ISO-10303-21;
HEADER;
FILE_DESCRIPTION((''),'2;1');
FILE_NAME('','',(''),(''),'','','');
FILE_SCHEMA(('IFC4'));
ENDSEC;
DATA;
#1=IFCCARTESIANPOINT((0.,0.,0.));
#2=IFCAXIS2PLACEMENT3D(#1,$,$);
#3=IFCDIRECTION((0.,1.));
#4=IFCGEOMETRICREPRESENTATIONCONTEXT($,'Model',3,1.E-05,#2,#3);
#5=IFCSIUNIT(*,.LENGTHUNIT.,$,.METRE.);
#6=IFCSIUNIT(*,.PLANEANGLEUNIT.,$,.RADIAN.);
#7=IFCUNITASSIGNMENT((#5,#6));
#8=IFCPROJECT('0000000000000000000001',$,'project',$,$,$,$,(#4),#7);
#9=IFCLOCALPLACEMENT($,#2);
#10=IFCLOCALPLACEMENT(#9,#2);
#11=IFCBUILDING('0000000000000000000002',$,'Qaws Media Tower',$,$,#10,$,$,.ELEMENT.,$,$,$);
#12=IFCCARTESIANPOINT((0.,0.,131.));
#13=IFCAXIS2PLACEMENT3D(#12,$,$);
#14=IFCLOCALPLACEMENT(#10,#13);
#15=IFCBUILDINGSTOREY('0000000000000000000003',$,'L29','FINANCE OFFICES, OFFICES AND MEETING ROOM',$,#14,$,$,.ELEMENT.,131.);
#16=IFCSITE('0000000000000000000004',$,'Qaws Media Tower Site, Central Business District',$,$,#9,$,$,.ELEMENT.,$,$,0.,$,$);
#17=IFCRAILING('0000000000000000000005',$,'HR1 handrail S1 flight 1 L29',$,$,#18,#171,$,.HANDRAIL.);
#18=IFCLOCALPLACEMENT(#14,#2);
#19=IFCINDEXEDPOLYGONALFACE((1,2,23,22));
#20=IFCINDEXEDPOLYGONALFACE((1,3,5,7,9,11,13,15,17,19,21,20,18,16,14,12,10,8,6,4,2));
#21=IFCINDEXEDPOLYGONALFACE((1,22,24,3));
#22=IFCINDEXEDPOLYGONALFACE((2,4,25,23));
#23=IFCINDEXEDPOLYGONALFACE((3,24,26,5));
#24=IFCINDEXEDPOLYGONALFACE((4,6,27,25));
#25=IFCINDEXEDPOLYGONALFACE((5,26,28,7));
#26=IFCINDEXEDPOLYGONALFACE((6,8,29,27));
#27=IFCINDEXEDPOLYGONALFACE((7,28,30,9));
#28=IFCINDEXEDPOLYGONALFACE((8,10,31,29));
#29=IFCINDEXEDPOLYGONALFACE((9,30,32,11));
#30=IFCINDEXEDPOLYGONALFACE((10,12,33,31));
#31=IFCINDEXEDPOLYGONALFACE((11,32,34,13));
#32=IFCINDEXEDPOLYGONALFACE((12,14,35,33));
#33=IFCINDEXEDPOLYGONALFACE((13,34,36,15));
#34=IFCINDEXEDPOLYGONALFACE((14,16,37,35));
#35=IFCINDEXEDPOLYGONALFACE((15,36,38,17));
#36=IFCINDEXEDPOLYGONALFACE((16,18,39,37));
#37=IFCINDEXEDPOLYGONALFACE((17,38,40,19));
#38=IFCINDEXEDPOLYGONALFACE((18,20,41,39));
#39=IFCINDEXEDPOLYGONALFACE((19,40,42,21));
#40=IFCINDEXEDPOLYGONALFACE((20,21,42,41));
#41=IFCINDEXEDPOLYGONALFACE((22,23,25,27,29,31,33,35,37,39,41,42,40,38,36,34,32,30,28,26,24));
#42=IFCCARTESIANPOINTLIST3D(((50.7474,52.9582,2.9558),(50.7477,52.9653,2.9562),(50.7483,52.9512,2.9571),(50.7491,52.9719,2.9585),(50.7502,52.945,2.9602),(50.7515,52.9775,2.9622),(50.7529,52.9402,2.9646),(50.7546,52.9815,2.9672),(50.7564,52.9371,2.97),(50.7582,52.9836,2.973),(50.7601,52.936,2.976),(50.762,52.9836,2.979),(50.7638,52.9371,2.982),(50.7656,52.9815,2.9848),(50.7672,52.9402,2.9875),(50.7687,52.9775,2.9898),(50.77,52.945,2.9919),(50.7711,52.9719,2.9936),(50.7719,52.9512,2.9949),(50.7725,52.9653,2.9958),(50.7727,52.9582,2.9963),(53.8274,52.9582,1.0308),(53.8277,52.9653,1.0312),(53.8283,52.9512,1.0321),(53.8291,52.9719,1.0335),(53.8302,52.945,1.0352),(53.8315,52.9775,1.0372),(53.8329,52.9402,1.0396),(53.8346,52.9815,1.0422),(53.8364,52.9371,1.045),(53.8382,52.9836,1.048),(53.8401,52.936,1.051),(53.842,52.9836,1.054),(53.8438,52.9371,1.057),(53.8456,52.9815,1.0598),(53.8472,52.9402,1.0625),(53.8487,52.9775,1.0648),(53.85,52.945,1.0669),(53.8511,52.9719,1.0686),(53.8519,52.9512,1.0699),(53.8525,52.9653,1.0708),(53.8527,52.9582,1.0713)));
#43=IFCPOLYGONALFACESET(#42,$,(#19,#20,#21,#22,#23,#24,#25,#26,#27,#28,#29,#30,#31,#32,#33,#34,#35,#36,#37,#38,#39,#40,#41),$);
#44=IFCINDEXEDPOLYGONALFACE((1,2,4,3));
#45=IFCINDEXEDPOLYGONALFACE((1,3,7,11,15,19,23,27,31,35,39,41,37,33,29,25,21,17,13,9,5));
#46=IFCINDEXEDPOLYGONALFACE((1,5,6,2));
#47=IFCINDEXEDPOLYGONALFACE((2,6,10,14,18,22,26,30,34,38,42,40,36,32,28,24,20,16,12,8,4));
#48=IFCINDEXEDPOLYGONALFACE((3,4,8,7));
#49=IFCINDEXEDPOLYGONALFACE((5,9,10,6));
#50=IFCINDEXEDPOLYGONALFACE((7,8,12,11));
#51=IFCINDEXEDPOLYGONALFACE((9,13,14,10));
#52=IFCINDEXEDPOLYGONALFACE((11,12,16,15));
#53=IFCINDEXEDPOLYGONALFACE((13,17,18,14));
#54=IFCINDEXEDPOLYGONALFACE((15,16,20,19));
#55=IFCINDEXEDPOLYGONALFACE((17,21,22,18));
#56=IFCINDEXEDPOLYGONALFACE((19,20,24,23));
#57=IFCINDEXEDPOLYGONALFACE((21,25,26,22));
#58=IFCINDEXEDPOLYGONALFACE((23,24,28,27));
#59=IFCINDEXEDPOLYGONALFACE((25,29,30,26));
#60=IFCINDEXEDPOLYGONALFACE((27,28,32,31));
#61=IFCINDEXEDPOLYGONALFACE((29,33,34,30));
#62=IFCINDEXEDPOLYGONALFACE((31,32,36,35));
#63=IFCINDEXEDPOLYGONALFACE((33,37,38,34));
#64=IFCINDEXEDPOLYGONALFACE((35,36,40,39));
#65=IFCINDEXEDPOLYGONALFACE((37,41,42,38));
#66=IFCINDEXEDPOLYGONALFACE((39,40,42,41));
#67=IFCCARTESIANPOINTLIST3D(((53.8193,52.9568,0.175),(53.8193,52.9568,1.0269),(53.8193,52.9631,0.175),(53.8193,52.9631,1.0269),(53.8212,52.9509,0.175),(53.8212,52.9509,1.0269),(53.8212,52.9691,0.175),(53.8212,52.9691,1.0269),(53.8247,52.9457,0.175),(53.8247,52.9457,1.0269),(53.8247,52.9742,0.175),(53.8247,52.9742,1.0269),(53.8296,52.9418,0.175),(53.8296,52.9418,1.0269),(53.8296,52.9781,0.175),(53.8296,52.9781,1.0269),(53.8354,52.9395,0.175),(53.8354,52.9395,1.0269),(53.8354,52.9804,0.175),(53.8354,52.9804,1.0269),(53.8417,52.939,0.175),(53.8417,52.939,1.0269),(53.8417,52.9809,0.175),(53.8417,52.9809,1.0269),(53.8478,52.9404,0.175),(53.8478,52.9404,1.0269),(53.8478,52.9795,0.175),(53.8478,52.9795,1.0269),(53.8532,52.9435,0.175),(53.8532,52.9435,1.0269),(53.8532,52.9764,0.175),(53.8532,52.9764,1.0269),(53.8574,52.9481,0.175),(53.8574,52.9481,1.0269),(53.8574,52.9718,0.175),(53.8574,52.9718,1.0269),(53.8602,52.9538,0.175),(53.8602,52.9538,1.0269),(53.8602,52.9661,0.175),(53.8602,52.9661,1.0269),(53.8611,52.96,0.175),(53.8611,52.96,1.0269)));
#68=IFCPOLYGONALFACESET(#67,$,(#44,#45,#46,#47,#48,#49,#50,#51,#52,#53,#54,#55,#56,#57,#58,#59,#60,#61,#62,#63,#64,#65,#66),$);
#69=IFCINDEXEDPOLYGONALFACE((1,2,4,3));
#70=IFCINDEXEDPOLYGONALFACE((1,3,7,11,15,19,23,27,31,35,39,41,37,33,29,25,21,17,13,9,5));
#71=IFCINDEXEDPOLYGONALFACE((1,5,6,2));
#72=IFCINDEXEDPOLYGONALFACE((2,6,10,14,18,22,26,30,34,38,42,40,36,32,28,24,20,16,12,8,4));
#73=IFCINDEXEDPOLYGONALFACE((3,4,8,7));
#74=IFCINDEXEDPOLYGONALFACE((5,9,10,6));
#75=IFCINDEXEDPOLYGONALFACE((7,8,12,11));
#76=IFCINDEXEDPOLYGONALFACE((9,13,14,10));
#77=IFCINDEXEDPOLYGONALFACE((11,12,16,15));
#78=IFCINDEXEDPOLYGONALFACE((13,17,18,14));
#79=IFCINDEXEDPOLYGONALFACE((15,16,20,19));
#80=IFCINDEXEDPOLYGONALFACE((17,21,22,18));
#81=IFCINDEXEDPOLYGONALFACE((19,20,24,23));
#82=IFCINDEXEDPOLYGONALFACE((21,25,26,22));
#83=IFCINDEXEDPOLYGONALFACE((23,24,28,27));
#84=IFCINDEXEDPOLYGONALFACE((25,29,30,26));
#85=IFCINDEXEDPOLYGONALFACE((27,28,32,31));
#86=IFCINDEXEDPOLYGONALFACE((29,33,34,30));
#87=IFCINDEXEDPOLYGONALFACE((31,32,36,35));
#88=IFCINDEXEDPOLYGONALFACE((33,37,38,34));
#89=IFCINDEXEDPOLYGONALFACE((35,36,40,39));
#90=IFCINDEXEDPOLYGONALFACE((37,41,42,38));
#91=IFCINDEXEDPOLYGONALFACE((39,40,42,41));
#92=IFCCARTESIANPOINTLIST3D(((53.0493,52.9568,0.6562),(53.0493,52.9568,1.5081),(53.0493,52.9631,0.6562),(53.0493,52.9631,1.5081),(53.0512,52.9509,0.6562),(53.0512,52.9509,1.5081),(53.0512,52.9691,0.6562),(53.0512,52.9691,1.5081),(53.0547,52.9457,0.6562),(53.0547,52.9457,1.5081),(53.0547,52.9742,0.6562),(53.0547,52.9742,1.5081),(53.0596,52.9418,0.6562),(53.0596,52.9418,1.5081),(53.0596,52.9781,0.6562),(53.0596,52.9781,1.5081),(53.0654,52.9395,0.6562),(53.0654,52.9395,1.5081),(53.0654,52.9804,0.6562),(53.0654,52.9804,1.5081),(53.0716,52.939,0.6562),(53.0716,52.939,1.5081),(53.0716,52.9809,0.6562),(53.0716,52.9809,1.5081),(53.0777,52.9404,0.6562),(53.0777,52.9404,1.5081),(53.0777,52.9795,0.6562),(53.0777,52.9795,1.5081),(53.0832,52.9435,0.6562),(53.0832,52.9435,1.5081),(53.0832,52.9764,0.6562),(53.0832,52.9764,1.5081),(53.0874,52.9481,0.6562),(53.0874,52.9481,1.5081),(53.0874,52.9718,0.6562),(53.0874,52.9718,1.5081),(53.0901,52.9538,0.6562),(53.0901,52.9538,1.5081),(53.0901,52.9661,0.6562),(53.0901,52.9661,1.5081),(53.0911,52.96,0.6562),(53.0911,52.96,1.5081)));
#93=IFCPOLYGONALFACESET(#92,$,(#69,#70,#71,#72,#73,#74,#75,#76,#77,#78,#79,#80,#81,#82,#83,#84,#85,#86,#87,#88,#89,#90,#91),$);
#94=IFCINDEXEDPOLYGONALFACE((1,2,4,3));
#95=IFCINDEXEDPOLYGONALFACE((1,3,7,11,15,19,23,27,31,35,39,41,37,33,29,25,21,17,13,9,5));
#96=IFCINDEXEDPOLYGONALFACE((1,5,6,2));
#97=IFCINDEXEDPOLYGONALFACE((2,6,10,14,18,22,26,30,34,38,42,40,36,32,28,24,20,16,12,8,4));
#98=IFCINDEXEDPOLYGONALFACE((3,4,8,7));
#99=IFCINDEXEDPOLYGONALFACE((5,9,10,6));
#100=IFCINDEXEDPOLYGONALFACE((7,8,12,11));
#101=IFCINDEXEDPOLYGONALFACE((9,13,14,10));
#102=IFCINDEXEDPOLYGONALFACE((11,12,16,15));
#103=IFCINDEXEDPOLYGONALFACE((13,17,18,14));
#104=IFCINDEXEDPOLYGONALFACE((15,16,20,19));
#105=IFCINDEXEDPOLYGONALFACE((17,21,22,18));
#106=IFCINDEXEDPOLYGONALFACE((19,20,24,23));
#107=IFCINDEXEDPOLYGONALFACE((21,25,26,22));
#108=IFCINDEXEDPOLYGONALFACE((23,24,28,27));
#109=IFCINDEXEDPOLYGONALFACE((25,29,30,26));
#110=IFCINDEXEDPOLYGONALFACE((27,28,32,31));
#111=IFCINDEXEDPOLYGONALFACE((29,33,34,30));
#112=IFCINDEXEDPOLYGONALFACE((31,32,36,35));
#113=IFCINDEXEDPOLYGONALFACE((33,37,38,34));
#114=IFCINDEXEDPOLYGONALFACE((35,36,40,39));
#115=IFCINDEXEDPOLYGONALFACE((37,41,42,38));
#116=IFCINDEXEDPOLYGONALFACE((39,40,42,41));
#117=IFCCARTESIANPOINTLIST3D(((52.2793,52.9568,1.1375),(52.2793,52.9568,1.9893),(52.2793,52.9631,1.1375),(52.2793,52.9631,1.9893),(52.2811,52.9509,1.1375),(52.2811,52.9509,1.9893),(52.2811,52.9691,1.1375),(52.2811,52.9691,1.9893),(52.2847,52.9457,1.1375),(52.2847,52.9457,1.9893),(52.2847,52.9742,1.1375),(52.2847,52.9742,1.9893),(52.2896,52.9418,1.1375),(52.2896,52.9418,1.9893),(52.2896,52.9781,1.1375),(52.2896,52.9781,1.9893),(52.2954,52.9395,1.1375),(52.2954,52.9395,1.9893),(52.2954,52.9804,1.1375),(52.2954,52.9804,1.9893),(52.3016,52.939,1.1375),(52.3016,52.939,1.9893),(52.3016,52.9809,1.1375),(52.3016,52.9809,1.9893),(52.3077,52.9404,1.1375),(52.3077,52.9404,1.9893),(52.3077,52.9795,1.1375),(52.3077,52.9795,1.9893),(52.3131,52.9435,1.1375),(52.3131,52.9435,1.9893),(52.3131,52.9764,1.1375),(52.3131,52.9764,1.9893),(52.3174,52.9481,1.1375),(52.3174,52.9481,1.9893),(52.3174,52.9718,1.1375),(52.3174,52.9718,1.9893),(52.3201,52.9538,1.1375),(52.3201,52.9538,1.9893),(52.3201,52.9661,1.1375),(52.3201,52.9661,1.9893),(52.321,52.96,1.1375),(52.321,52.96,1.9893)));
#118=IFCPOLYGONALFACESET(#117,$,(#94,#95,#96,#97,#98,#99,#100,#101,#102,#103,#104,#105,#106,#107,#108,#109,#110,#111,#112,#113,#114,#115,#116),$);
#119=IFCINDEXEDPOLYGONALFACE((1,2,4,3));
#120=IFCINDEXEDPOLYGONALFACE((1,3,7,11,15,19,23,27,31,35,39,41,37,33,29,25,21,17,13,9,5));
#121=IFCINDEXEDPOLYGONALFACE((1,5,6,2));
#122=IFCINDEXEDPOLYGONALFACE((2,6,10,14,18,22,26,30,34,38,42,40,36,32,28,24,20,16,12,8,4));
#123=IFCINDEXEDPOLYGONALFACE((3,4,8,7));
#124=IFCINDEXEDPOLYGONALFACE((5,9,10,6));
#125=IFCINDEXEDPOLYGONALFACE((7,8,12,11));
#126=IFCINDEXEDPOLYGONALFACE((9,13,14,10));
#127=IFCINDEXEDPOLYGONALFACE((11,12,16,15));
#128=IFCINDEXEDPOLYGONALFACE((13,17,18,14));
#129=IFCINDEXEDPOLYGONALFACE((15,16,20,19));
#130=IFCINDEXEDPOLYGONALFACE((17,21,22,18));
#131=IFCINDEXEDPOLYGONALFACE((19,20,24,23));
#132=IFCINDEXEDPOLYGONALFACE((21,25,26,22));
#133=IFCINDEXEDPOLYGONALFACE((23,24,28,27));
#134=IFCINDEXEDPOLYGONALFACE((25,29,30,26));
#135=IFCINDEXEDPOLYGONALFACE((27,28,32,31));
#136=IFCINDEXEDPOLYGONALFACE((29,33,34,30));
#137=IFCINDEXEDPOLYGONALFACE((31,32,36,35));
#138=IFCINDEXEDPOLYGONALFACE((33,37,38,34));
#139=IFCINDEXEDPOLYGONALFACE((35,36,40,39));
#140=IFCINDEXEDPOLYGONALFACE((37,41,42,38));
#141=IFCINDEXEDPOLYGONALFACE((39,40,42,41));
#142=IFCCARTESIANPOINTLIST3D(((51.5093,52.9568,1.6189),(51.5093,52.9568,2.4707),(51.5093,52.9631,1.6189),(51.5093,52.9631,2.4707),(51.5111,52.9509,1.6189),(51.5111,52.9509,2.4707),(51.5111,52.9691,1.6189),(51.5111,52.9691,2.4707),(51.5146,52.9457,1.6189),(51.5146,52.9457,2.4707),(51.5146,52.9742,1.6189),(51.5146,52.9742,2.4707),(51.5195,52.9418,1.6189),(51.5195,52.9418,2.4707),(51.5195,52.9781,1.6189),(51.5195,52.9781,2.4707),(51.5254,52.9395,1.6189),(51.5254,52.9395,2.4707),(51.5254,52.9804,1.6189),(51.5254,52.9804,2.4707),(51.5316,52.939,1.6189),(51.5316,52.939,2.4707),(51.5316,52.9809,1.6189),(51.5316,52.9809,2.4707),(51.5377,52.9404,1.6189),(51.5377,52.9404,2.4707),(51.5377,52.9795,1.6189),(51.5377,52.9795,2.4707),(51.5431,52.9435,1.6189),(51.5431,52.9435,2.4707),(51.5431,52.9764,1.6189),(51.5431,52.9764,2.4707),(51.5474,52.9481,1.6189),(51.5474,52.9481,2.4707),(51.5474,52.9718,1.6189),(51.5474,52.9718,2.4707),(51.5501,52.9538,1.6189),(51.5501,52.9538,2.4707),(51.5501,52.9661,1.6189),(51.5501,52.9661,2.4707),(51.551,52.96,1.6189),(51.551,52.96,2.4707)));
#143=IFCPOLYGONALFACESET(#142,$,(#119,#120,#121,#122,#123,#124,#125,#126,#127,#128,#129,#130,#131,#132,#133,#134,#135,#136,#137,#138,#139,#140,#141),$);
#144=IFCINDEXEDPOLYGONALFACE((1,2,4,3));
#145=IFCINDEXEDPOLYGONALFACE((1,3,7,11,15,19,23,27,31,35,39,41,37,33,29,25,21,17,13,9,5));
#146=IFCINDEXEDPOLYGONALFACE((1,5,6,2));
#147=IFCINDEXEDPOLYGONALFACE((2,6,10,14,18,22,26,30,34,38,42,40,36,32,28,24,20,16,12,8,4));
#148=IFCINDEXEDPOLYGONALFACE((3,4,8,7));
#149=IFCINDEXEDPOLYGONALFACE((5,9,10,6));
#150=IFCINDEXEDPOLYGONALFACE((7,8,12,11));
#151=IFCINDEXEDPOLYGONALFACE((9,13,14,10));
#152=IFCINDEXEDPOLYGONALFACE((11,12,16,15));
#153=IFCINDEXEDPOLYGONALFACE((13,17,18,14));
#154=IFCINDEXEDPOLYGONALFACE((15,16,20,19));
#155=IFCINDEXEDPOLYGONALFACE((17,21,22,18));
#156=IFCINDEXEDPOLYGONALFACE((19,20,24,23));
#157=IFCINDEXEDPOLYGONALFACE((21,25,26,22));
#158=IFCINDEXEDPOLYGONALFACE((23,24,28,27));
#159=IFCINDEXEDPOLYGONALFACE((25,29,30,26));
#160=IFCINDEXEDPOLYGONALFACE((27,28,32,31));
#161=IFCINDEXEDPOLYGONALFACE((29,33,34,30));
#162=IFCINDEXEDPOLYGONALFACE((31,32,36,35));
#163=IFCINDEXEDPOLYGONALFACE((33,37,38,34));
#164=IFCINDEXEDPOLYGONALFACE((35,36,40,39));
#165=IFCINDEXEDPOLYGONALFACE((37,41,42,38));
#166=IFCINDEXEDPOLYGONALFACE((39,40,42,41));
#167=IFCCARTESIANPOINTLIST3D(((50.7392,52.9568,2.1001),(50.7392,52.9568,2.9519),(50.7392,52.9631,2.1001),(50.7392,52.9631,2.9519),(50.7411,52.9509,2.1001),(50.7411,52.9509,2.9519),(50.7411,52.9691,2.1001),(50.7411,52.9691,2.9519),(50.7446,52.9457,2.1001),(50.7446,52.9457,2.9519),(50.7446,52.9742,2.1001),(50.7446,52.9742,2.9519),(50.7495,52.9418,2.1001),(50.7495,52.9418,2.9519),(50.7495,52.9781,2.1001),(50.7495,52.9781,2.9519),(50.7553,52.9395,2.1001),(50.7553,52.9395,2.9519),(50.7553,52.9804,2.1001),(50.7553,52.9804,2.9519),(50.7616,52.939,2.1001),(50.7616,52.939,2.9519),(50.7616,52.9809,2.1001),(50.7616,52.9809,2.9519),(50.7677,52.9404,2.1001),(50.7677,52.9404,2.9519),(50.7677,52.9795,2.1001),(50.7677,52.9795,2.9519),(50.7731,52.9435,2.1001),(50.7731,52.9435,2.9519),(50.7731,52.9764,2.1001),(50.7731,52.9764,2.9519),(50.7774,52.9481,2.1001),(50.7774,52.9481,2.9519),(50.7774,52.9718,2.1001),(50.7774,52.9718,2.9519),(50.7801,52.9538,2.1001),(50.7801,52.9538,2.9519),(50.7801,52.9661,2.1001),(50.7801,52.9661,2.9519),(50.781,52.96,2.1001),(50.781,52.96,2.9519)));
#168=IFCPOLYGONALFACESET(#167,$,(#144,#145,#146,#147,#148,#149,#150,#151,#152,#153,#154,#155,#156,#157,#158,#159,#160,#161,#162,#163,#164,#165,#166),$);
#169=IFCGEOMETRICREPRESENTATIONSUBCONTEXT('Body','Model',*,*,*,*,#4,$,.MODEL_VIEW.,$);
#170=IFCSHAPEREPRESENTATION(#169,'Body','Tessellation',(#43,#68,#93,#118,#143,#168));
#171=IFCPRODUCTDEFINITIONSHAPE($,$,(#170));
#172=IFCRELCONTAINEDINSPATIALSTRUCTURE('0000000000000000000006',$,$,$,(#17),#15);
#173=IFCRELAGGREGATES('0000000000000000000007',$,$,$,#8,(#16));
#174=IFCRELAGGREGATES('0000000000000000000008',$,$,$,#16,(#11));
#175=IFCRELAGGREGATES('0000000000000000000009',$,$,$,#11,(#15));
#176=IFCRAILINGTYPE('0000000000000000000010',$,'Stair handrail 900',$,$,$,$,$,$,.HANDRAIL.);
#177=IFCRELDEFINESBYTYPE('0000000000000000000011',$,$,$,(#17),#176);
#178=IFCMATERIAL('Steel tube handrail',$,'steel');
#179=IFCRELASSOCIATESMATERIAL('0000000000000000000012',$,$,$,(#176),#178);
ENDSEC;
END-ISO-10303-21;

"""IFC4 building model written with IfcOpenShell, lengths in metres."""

from ifc_helpers import new_model, si_unit, direction, frame, origin, origin_2d, place, context, subcontext, project, spatial, circle, extrude, material, type_object, element, save


model = new_model("IFC4")

# Units and contexts
model_context = context("Model", 3, precision=1e-05, world=origin(), true_north=direction((0.0, 1.0)))
body_context = subcontext(model_context, "Body", "Model", "MODEL_VIEW")
ifc_project = project(units=[si_unit("LENGTHUNIT", "METRE"), si_unit("PLANEANGLEUNIT", "RADIAN")], contexts=[model_context])

# Site, building, storey
site_placement = place(None, origin())
site = spatial("IfcSite", under=ifc_project, at=site_placement, Name="Qaws Media Tower Site, Central Business District", CompositionType="ELEMENT", RefElevation=0.0)
building_placement = place(site_placement, origin())
building = spatial("IfcBuilding", under=site, at=building_placement, Name="Qaws Media Tower", CompositionType="ELEMENT")
storey_placement = place(building_placement, frame((0.0, 0.0, 131.0)))
storey = spatial("IfcBuildingStorey", under=building, at=storey_placement, Name="L29", Description="FINANCE OFFICES, OFFICES AND MEETING ROOM", CompositionType="ELEMENT", Elevation=131.0)

# Railing
ifc_material_1 = material(Name="Steel tube handrail", Category="steel")
railing_type = type_object("IfcRailingType", Name="Stair handrail 900", PredefinedType="HANDRAIL", material=ifc_material_1)
for number, where, name in (
    (1, (53.8401, 52.96, 0.175), "HR1 handrail S1 flight 1 L29"),
):
    element("IfcRailing", number, at=place(storey_placement, frame(where)), inside=storey, type_object=railing_type, Name=name, PredefinedType="HANDRAIL", context=body_context, shape_type="SweptSolid", body=[
        extrude(circle(Radius=0.0239, at=origin_2d()), frame((0.0, 0.0, 0.876), z_axis=(-0.847998, 0.0, 0.529999), x_axis=(0.0, -1.0, 0.0)), (0.0, 0.0, 1.0), 3.6321),
        extrude(circle(Radius=0.021, at=origin_2d()), origin(), (0.0, 0.0, 1.0), 0.8518),
        extrude(circle(Radius=0.021, at=origin_2d()), frame((-0.77, 0.0, 0.4812)), (0.0, 0.0, 1.0), 0.8518),
        extrude(circle(Radius=0.021, at=origin_2d()), frame((-1.54, 0.0, 0.9624)), (0.0, 0.0, 1.0), 0.8518),
        extrude(circle(Radius=0.021, at=origin_2d()), frame((-2.3101, 0.0, 1.4438)), (0.0, 0.0, 1.0), 0.8518),
        extrude(circle(Radius=0.021, at=origin_2d()), frame((-3.0801, 0.0, 1.925)), (0.0, 0.0, 1.0), 0.8518),
    ])

save(model, "model.ifc")
